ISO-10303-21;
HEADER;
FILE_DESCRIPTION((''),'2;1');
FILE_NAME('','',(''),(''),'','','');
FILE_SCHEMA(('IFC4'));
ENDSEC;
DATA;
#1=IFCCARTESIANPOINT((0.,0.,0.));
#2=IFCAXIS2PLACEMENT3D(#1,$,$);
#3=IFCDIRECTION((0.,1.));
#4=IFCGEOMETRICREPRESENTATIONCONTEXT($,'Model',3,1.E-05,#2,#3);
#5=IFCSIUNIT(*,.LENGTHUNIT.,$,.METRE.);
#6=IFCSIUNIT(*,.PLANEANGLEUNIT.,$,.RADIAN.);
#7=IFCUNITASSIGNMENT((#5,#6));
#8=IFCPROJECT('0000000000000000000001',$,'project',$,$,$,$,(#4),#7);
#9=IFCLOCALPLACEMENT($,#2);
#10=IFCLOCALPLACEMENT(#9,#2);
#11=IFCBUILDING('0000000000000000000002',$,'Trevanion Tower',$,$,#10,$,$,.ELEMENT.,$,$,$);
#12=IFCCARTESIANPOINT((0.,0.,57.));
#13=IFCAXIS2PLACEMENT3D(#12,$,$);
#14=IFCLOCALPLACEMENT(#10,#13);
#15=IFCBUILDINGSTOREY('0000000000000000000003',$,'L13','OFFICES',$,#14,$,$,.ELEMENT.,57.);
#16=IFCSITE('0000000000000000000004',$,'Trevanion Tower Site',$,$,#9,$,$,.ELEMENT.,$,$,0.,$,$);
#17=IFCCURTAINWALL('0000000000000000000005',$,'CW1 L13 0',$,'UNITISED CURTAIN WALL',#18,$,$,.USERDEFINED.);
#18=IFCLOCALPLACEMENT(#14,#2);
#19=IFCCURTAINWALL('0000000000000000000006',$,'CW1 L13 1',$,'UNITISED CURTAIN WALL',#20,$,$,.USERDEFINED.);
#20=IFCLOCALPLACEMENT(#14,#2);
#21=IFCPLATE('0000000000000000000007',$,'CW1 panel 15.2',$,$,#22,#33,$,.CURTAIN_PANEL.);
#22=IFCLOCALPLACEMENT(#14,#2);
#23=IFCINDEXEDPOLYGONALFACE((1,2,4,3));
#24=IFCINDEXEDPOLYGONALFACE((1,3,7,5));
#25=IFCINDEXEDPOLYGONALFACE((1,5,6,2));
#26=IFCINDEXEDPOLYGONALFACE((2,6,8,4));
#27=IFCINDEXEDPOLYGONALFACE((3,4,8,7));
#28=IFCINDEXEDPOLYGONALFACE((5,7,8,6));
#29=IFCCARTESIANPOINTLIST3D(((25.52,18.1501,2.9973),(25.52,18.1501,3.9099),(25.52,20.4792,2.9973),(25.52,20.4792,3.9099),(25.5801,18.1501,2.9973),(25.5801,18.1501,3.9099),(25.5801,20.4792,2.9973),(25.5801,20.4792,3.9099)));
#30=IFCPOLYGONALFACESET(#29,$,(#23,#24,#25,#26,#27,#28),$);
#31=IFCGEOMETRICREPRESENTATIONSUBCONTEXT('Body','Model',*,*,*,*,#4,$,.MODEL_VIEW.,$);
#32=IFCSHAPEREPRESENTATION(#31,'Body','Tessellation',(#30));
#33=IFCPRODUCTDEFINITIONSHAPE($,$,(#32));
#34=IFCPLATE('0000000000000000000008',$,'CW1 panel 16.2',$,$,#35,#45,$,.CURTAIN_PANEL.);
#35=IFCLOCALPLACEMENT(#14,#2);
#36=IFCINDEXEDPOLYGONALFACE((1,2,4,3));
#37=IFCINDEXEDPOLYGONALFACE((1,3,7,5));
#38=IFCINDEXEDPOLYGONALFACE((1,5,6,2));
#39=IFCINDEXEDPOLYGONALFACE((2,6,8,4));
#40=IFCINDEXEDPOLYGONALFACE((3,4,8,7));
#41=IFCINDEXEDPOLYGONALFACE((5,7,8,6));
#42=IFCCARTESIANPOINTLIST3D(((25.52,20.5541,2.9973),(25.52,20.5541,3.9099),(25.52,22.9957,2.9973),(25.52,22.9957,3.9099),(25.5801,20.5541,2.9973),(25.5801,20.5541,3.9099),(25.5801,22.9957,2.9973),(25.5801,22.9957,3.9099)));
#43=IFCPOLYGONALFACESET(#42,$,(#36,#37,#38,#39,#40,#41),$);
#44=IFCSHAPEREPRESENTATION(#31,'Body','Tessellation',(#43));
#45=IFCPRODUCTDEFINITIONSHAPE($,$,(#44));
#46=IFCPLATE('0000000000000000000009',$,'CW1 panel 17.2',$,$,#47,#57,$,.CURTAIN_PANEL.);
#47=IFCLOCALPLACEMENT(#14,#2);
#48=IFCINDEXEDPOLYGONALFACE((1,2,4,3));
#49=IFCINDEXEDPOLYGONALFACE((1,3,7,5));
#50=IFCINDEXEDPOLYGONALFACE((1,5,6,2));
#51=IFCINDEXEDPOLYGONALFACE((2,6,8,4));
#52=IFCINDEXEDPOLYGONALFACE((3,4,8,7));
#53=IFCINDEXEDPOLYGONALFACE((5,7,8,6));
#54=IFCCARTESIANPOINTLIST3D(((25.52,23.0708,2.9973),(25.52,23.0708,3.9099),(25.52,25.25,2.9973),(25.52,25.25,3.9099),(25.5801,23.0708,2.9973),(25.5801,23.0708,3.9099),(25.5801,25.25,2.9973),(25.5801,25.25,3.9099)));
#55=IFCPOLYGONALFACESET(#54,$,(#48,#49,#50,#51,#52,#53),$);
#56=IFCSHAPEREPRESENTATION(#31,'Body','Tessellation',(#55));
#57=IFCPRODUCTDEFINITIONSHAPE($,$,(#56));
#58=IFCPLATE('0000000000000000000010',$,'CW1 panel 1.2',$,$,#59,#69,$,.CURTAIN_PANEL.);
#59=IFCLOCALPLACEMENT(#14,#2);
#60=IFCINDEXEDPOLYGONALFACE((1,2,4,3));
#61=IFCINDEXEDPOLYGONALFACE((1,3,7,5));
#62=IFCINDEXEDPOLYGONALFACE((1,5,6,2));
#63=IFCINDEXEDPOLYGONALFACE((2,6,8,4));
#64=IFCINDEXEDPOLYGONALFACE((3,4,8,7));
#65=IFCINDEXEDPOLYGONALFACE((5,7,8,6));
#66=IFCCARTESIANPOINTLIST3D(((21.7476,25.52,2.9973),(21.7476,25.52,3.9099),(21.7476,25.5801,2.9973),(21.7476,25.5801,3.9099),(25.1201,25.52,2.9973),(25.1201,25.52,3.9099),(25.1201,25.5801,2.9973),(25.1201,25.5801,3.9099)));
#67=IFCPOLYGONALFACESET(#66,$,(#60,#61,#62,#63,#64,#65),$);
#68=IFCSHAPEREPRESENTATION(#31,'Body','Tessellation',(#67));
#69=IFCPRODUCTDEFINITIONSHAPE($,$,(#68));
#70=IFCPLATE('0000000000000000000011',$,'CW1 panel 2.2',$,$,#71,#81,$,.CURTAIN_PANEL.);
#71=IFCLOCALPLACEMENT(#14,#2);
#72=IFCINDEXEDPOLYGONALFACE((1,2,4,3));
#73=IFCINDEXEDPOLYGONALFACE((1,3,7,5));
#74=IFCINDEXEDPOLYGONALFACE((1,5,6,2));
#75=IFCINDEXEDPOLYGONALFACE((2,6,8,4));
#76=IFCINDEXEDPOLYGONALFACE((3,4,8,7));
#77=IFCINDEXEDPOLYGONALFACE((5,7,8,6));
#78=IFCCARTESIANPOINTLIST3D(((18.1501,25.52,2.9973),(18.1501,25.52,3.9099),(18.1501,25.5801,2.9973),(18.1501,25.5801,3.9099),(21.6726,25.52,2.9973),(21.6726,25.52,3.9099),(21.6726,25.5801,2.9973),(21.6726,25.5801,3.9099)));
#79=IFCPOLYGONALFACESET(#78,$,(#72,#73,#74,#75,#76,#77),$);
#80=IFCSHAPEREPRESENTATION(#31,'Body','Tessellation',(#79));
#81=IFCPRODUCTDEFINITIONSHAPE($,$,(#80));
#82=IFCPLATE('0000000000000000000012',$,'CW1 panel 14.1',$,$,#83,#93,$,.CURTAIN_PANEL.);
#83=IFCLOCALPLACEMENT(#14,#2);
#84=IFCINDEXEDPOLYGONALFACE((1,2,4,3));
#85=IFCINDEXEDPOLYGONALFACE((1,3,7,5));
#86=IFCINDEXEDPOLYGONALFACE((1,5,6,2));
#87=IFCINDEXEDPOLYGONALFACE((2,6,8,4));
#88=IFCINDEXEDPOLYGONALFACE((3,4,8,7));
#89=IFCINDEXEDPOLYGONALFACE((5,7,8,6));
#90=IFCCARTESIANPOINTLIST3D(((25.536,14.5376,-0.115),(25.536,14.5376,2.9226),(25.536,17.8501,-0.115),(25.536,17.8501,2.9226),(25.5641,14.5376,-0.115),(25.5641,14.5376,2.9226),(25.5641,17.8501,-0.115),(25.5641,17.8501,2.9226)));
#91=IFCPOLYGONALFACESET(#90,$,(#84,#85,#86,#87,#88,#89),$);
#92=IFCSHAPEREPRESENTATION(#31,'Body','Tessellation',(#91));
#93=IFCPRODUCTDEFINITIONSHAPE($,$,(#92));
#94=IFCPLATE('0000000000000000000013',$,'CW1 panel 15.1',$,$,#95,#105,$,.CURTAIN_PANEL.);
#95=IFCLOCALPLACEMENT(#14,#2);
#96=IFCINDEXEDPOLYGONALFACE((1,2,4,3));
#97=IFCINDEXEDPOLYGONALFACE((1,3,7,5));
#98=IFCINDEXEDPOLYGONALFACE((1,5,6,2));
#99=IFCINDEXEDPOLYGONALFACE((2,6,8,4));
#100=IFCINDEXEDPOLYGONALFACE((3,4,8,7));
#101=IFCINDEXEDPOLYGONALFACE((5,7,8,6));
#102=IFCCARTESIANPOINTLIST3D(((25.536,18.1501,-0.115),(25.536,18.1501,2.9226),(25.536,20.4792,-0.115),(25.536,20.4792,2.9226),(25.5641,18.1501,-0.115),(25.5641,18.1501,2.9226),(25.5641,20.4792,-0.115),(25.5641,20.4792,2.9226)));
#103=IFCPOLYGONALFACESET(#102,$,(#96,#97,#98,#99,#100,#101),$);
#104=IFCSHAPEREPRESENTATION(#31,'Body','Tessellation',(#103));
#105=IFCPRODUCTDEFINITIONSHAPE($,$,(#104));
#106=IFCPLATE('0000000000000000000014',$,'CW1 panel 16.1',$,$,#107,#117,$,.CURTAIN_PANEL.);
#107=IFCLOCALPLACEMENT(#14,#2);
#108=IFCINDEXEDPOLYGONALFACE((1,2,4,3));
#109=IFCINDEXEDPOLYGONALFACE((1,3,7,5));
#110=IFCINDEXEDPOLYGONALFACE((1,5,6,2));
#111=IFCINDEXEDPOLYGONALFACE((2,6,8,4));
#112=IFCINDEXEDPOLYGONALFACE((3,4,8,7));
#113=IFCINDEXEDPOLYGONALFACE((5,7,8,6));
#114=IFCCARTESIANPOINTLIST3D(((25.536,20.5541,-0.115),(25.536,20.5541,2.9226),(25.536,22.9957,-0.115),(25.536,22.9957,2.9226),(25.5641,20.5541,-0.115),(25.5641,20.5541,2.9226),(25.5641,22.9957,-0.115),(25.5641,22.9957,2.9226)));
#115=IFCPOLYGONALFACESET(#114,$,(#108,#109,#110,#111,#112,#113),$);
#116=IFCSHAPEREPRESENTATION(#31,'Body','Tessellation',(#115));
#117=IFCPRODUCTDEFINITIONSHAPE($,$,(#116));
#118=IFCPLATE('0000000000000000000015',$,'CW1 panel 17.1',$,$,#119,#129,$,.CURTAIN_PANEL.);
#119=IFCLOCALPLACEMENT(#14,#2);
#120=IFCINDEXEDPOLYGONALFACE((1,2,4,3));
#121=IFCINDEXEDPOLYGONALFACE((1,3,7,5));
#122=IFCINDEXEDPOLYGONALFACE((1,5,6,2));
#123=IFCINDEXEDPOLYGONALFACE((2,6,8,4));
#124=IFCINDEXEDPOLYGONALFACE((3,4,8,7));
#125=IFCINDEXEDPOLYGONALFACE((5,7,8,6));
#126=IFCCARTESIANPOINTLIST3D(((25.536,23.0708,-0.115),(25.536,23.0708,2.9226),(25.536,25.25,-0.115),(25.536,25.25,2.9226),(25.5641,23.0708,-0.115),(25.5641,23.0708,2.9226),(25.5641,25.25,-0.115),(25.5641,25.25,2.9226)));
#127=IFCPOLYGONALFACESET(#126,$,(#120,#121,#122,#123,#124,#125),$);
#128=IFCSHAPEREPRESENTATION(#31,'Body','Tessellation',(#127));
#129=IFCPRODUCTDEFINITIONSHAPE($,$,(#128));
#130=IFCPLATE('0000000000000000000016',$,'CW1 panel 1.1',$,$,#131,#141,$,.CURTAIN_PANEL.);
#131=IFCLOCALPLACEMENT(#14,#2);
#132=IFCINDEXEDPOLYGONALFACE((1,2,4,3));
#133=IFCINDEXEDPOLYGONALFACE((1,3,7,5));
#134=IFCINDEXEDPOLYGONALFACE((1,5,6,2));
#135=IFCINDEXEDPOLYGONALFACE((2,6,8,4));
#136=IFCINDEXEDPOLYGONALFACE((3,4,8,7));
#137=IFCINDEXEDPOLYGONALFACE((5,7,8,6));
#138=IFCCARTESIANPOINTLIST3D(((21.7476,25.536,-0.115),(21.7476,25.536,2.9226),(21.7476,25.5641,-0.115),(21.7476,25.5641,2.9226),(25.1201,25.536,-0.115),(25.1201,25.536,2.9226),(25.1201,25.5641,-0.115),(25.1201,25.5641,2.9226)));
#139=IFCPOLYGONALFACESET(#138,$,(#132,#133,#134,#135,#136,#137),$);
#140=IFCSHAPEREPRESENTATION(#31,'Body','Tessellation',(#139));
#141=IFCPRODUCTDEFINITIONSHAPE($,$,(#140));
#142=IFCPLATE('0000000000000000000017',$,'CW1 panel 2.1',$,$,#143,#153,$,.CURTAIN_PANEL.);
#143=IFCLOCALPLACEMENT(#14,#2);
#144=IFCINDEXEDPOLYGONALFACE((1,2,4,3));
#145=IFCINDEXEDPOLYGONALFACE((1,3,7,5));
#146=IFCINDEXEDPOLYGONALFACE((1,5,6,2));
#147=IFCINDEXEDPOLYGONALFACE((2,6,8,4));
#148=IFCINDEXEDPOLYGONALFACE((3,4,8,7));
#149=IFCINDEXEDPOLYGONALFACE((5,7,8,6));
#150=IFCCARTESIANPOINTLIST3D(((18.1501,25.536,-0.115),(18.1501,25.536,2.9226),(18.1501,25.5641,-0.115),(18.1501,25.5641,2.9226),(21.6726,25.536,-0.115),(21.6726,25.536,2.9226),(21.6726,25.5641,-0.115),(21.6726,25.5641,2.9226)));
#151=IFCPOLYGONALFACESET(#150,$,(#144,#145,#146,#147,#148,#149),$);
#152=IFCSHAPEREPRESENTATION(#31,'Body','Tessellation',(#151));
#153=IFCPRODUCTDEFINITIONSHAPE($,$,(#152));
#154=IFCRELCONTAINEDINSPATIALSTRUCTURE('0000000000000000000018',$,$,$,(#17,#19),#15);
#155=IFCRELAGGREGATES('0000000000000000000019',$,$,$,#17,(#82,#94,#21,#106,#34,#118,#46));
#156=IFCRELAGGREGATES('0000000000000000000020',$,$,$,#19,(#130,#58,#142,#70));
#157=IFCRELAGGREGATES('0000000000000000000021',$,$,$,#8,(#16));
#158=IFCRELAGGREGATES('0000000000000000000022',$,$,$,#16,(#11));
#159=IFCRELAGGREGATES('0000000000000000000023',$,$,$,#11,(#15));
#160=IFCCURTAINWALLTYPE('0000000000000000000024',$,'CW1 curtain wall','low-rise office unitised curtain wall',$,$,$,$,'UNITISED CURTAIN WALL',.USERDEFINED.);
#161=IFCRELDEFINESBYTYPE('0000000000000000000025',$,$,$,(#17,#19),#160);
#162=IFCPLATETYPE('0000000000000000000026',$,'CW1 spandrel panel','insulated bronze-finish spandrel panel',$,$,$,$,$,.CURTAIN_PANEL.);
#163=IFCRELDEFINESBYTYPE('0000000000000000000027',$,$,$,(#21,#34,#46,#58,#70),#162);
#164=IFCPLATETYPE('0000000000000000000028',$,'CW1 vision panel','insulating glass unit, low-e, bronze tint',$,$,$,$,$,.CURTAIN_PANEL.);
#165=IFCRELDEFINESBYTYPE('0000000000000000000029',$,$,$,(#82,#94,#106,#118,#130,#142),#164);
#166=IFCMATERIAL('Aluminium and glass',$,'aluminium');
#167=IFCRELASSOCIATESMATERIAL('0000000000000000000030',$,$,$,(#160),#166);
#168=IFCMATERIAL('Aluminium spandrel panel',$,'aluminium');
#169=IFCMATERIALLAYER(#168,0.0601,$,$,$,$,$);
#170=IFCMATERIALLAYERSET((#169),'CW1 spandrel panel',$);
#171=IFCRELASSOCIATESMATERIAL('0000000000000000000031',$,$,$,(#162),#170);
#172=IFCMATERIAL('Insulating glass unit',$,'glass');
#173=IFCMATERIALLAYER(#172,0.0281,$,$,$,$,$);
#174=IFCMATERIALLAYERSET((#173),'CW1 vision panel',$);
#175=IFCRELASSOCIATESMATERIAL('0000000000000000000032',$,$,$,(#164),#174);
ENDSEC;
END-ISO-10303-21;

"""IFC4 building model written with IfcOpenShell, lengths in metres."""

from ifc_helpers import new_model, si_unit, direction, frame, origin, origin_2d, place, context, subcontext, project, spatial, rectangle, extrude, material, layer, layer_set, type_object, element, aggregate, save


model = new_model("IFC4")

# Units and contexts
model_context = context("Model", 3, precision=1e-05, world=origin(), true_north=direction((0.0, 1.0)))
body_context = subcontext(model_context, "Body", "Model", "MODEL_VIEW")
ifc_project = project(units=[si_unit("LENGTHUNIT", "METRE"), si_unit("PLANEANGLEUNIT", "RADIAN")], contexts=[model_context])

# Site, building, storey
site_placement = place(None, origin())
site = spatial("IfcSite", under=ifc_project, at=site_placement, Name="Trevanion Tower Site", CompositionType="ELEMENT", RefElevation=0.0)
building_placement = place(site_placement, origin())
building = spatial("IfcBuilding", under=site, at=building_placement, Name="Trevanion Tower", CompositionType="ELEMENT")
storey_placement = place(building_placement, frame((0.0, 0.0, 57.0)))
storey = spatial("IfcBuildingStorey", under=building, at=storey_placement, Name="L13", Description="OFFICES", CompositionType="ELEMENT", Elevation=57.0)

# Curtain wall
ifc_material_1 = material(Name="Aluminium and glass", Category="aluminium")
curtain_wall_type = type_object("IfcCurtainWallType", Name="CW1 curtain wall", Description="low-rise office unitised curtain wall", ElementType="UNITISED CURTAIN WALL", PredefinedType="USERDEFINED", material=ifc_material_1)
curtain_wall_1_placement = place(storey_placement, origin())
curtain_wall_1 = element("IfcCurtainWall", 1, at=curtain_wall_1_placement, inside=storey, type_object=curtain_wall_type, Name="CW1 L13 0", ObjectType="UNITISED CURTAIN WALL", PredefinedType="USERDEFINED")

# Curtain wall
curtain_wall_2_placement = place(storey_placement, origin())
curtain_wall_2 = element("IfcCurtainWall", 2, at=curtain_wall_2_placement, inside=storey, type_object=curtain_wall_type, Name="CW1 L13 1", ObjectType="UNITISED CURTAIN WALL", PredefinedType="USERDEFINED")

# Plates
ifc_material_2 = material(Name="Aluminium spandrel panel", Category="aluminium")
ifc_layer_1 = layer(ifc_material_2, 0.0601)
ifc_layer_set_1 = layer_set([ifc_layer_1], Name="CW1 spandrel panel")
plate_type_1 = type_object("IfcPlateType", Name="CW1 spandrel panel", Description="insulated bronze-finish spandrel panel", PredefinedType="CURTAIN_PANEL", material=ifc_layer_set_1)
plate_1_placement = place(storey_placement, frame((25.55, 19.3147, 2.9973), z_axis=(0.0, 0.0, 1.0), x_axis=(0.0, 1.0, 0.0)))
plate_1 = element("IfcPlate", 3, at=plate_1_placement, type_object=plate_type_1, Name="CW1 panel 15.2", PredefinedType="CURTAIN_PANEL", context=body_context, shape_type="SweptSolid", body=[
    extrude(rectangle(XDim=2.3291, YDim=0.0601, at=origin_2d()), origin(), (0.0, 0.0, 1.0), 0.9126),
])
plate_2_placement = place(storey_placement, frame((25.55, 21.7749, 2.9973), z_axis=(0.0, 0.0, 1.0), x_axis=(0.0, 1.0, 0.0)))
plate_2 = element("IfcPlate", 4, at=plate_2_placement, type_object=plate_type_1, Name="CW1 panel 16.2", PredefinedType="CURTAIN_PANEL", context=body_context, shape_type="SweptSolid", body=[
    extrude(rectangle(XDim=2.4417, YDim=0.0601, at=origin_2d()), origin(), (0.0, 0.0, 1.0), 0.9126),
])
plate_3_placement = place(storey_placement, frame((25.55, 24.1604, 2.9973), z_axis=(0.0, 0.0, 1.0), x_axis=(0.0, 1.0, 0.0)))
plate_3 = element("IfcPlate", 5, at=plate_3_placement, type_object=plate_type_1, Name="CW1 panel 17.2", PredefinedType="CURTAIN_PANEL", context=body_context, shape_type="SweptSolid", body=[
    extrude(rectangle(XDim=2.1792, YDim=0.0601, at=origin_2d()), origin(), (0.0, 0.0, 1.0), 0.9126),
])
plate_4_placement = place(storey_placement, frame((23.4338, 25.55, 2.9973), z_axis=(0.0, 0.0, 1.0), x_axis=(-1.0, 0.0, 0.0)))
plate_4 = element("IfcPlate", 6, at=plate_4_placement, type_object=plate_type_1, Name="CW1 panel 1.2", PredefinedType="CURTAIN_PANEL", context=body_context, shape_type="SweptSolid", body=[
    extrude(rectangle(XDim=3.3726, YDim=0.0601, at=origin_2d()), origin(), (0.0, 0.0, 1.0), 0.9126),
])
plate_5_placement = place(storey_placement, frame((19.9114, 25.55, 2.9973), z_axis=(0.0, 0.0, 1.0), x_axis=(-1.0, 0.0, 0.0)))
plate_5 = element("IfcPlate", 7, at=plate_5_placement, type_object=plate_type_1, Name="CW1 panel 2.2", PredefinedType="CURTAIN_PANEL", context=body_context, shape_type="SweptSolid", body=[
    extrude(rectangle(XDim=3.5225, YDim=0.0601, at=origin_2d()), origin(), (0.0, 0.0, 1.0), 0.9126),
])
ifc_material_3 = material(Name="Insulating glass unit", Category="glass")
ifc_layer_2 = layer(ifc_material_3, 0.0281)
ifc_layer_set_2 = layer_set([ifc_layer_2], Name="CW1 vision panel")
plate_type_2 = type_object("IfcPlateType", Name="CW1 vision panel", Description="insulating glass unit, low-e, bronze tint", PredefinedType="CURTAIN_PANEL", material=ifc_layer_set_2)
plate_6_placement = place(storey_placement, frame((25.55, 16.1938, -0.115), z_axis=(0.0, 0.0, 1.0), x_axis=(0.0, 1.0, 0.0)))
plate_6 = element("IfcPlate", 8, at=plate_6_placement, type_object=plate_type_2, Name="CW1 panel 14.1", PredefinedType="CURTAIN_PANEL", context=body_context, shape_type="SweptSolid", body=[
    extrude(rectangle(XDim=3.3125, YDim=0.0281, at=origin_2d()), origin(), (0.0, 0.0, 1.0), 3.0376),
])
plate_7_placement = place(storey_placement, frame((25.55, 19.3147, -0.115), z_axis=(0.0, 0.0, 1.0), x_axis=(0.0, 1.0, 0.0)))
plate_7 = element("IfcPlate", 9, at=plate_7_placement, type_object=plate_type_2, Name="CW1 panel 15.1", PredefinedType="CURTAIN_PANEL", context=body_context, shape_type="SweptSolid", body=[
    extrude(rectangle(XDim=2.3291, YDim=0.0281, at=origin_2d()), origin(), (0.0, 0.0, 1.0), 3.0376),
])
plate_8_placement = place(storey_placement, frame((25.55, 21.7749, -0.115), z_axis=(0.0, 0.0, 1.0), x_axis=(0.0, 1.0, 0.0)))
plate_8 = element("IfcPlate", 10, at=plate_8_placement, type_object=plate_type_2, Name="CW1 panel 16.1", PredefinedType="CURTAIN_PANEL", context=body_context, shape_type="SweptSolid", body=[
    extrude(rectangle(XDim=2.4417, YDim=0.0281, at=origin_2d()), origin(), (0.0, 0.0, 1.0), 3.0376),
])
plate_9_placement = place(storey_placement, frame((25.55, 24.1604, -0.115), z_axis=(0.0, 0.0, 1.0), x_axis=(0.0, 1.0, 0.0)))
plate_9 = element("IfcPlate", 11, at=plate_9_placement, type_object=plate_type_2, Name="CW1 panel 17.1", PredefinedType="CURTAIN_PANEL", context=body_context, shape_type="SweptSolid", body=[
    extrude(rectangle(XDim=2.1792, YDim=0.0281, at=origin_2d()), origin(), (0.0, 0.0, 1.0), 3.0376),
])
aggregate(curtain_wall_1, [plate_6, plate_7, plate_1, plate_8, plate_2, plate_9, plate_3])
plate_10_placement = place(storey_placement, frame((23.4338, 25.55, -0.115), z_axis=(0.0, 0.0, 1.0), x_axis=(-1.0, 0.0, 0.0)))
plate_10 = element("IfcPlate", 12, at=plate_10_placement, type_object=plate_type_2, Name="CW1 panel 1.1", PredefinedType="CURTAIN_PANEL", context=body_context, shape_type="SweptSolid", body=[
    extrude(rectangle(XDim=3.3726, YDim=0.0281, at=origin_2d()), origin(), (0.0, 0.0, 1.0), 3.0376),
])
plate_11_placement = place(storey_placement, frame((19.9114, 25.55, -0.115), z_axis=(0.0, 0.0, 1.0), x_axis=(-1.0, 0.0, 0.0)))
plate_11 = element("IfcPlate", 13, at=plate_11_placement, type_object=plate_type_2, Name="CW1 panel 2.1", PredefinedType="CURTAIN_PANEL", context=body_context, shape_type="SweptSolid", body=[
    extrude(rectangle(XDim=3.5225, YDim=0.0281, at=origin_2d()), origin(), (0.0, 0.0, 1.0), 3.0376),
])
aggregate(curtain_wall_2, [plate_10, plate_4, plate_11, plate_5])

save(model, "model.ifc")
